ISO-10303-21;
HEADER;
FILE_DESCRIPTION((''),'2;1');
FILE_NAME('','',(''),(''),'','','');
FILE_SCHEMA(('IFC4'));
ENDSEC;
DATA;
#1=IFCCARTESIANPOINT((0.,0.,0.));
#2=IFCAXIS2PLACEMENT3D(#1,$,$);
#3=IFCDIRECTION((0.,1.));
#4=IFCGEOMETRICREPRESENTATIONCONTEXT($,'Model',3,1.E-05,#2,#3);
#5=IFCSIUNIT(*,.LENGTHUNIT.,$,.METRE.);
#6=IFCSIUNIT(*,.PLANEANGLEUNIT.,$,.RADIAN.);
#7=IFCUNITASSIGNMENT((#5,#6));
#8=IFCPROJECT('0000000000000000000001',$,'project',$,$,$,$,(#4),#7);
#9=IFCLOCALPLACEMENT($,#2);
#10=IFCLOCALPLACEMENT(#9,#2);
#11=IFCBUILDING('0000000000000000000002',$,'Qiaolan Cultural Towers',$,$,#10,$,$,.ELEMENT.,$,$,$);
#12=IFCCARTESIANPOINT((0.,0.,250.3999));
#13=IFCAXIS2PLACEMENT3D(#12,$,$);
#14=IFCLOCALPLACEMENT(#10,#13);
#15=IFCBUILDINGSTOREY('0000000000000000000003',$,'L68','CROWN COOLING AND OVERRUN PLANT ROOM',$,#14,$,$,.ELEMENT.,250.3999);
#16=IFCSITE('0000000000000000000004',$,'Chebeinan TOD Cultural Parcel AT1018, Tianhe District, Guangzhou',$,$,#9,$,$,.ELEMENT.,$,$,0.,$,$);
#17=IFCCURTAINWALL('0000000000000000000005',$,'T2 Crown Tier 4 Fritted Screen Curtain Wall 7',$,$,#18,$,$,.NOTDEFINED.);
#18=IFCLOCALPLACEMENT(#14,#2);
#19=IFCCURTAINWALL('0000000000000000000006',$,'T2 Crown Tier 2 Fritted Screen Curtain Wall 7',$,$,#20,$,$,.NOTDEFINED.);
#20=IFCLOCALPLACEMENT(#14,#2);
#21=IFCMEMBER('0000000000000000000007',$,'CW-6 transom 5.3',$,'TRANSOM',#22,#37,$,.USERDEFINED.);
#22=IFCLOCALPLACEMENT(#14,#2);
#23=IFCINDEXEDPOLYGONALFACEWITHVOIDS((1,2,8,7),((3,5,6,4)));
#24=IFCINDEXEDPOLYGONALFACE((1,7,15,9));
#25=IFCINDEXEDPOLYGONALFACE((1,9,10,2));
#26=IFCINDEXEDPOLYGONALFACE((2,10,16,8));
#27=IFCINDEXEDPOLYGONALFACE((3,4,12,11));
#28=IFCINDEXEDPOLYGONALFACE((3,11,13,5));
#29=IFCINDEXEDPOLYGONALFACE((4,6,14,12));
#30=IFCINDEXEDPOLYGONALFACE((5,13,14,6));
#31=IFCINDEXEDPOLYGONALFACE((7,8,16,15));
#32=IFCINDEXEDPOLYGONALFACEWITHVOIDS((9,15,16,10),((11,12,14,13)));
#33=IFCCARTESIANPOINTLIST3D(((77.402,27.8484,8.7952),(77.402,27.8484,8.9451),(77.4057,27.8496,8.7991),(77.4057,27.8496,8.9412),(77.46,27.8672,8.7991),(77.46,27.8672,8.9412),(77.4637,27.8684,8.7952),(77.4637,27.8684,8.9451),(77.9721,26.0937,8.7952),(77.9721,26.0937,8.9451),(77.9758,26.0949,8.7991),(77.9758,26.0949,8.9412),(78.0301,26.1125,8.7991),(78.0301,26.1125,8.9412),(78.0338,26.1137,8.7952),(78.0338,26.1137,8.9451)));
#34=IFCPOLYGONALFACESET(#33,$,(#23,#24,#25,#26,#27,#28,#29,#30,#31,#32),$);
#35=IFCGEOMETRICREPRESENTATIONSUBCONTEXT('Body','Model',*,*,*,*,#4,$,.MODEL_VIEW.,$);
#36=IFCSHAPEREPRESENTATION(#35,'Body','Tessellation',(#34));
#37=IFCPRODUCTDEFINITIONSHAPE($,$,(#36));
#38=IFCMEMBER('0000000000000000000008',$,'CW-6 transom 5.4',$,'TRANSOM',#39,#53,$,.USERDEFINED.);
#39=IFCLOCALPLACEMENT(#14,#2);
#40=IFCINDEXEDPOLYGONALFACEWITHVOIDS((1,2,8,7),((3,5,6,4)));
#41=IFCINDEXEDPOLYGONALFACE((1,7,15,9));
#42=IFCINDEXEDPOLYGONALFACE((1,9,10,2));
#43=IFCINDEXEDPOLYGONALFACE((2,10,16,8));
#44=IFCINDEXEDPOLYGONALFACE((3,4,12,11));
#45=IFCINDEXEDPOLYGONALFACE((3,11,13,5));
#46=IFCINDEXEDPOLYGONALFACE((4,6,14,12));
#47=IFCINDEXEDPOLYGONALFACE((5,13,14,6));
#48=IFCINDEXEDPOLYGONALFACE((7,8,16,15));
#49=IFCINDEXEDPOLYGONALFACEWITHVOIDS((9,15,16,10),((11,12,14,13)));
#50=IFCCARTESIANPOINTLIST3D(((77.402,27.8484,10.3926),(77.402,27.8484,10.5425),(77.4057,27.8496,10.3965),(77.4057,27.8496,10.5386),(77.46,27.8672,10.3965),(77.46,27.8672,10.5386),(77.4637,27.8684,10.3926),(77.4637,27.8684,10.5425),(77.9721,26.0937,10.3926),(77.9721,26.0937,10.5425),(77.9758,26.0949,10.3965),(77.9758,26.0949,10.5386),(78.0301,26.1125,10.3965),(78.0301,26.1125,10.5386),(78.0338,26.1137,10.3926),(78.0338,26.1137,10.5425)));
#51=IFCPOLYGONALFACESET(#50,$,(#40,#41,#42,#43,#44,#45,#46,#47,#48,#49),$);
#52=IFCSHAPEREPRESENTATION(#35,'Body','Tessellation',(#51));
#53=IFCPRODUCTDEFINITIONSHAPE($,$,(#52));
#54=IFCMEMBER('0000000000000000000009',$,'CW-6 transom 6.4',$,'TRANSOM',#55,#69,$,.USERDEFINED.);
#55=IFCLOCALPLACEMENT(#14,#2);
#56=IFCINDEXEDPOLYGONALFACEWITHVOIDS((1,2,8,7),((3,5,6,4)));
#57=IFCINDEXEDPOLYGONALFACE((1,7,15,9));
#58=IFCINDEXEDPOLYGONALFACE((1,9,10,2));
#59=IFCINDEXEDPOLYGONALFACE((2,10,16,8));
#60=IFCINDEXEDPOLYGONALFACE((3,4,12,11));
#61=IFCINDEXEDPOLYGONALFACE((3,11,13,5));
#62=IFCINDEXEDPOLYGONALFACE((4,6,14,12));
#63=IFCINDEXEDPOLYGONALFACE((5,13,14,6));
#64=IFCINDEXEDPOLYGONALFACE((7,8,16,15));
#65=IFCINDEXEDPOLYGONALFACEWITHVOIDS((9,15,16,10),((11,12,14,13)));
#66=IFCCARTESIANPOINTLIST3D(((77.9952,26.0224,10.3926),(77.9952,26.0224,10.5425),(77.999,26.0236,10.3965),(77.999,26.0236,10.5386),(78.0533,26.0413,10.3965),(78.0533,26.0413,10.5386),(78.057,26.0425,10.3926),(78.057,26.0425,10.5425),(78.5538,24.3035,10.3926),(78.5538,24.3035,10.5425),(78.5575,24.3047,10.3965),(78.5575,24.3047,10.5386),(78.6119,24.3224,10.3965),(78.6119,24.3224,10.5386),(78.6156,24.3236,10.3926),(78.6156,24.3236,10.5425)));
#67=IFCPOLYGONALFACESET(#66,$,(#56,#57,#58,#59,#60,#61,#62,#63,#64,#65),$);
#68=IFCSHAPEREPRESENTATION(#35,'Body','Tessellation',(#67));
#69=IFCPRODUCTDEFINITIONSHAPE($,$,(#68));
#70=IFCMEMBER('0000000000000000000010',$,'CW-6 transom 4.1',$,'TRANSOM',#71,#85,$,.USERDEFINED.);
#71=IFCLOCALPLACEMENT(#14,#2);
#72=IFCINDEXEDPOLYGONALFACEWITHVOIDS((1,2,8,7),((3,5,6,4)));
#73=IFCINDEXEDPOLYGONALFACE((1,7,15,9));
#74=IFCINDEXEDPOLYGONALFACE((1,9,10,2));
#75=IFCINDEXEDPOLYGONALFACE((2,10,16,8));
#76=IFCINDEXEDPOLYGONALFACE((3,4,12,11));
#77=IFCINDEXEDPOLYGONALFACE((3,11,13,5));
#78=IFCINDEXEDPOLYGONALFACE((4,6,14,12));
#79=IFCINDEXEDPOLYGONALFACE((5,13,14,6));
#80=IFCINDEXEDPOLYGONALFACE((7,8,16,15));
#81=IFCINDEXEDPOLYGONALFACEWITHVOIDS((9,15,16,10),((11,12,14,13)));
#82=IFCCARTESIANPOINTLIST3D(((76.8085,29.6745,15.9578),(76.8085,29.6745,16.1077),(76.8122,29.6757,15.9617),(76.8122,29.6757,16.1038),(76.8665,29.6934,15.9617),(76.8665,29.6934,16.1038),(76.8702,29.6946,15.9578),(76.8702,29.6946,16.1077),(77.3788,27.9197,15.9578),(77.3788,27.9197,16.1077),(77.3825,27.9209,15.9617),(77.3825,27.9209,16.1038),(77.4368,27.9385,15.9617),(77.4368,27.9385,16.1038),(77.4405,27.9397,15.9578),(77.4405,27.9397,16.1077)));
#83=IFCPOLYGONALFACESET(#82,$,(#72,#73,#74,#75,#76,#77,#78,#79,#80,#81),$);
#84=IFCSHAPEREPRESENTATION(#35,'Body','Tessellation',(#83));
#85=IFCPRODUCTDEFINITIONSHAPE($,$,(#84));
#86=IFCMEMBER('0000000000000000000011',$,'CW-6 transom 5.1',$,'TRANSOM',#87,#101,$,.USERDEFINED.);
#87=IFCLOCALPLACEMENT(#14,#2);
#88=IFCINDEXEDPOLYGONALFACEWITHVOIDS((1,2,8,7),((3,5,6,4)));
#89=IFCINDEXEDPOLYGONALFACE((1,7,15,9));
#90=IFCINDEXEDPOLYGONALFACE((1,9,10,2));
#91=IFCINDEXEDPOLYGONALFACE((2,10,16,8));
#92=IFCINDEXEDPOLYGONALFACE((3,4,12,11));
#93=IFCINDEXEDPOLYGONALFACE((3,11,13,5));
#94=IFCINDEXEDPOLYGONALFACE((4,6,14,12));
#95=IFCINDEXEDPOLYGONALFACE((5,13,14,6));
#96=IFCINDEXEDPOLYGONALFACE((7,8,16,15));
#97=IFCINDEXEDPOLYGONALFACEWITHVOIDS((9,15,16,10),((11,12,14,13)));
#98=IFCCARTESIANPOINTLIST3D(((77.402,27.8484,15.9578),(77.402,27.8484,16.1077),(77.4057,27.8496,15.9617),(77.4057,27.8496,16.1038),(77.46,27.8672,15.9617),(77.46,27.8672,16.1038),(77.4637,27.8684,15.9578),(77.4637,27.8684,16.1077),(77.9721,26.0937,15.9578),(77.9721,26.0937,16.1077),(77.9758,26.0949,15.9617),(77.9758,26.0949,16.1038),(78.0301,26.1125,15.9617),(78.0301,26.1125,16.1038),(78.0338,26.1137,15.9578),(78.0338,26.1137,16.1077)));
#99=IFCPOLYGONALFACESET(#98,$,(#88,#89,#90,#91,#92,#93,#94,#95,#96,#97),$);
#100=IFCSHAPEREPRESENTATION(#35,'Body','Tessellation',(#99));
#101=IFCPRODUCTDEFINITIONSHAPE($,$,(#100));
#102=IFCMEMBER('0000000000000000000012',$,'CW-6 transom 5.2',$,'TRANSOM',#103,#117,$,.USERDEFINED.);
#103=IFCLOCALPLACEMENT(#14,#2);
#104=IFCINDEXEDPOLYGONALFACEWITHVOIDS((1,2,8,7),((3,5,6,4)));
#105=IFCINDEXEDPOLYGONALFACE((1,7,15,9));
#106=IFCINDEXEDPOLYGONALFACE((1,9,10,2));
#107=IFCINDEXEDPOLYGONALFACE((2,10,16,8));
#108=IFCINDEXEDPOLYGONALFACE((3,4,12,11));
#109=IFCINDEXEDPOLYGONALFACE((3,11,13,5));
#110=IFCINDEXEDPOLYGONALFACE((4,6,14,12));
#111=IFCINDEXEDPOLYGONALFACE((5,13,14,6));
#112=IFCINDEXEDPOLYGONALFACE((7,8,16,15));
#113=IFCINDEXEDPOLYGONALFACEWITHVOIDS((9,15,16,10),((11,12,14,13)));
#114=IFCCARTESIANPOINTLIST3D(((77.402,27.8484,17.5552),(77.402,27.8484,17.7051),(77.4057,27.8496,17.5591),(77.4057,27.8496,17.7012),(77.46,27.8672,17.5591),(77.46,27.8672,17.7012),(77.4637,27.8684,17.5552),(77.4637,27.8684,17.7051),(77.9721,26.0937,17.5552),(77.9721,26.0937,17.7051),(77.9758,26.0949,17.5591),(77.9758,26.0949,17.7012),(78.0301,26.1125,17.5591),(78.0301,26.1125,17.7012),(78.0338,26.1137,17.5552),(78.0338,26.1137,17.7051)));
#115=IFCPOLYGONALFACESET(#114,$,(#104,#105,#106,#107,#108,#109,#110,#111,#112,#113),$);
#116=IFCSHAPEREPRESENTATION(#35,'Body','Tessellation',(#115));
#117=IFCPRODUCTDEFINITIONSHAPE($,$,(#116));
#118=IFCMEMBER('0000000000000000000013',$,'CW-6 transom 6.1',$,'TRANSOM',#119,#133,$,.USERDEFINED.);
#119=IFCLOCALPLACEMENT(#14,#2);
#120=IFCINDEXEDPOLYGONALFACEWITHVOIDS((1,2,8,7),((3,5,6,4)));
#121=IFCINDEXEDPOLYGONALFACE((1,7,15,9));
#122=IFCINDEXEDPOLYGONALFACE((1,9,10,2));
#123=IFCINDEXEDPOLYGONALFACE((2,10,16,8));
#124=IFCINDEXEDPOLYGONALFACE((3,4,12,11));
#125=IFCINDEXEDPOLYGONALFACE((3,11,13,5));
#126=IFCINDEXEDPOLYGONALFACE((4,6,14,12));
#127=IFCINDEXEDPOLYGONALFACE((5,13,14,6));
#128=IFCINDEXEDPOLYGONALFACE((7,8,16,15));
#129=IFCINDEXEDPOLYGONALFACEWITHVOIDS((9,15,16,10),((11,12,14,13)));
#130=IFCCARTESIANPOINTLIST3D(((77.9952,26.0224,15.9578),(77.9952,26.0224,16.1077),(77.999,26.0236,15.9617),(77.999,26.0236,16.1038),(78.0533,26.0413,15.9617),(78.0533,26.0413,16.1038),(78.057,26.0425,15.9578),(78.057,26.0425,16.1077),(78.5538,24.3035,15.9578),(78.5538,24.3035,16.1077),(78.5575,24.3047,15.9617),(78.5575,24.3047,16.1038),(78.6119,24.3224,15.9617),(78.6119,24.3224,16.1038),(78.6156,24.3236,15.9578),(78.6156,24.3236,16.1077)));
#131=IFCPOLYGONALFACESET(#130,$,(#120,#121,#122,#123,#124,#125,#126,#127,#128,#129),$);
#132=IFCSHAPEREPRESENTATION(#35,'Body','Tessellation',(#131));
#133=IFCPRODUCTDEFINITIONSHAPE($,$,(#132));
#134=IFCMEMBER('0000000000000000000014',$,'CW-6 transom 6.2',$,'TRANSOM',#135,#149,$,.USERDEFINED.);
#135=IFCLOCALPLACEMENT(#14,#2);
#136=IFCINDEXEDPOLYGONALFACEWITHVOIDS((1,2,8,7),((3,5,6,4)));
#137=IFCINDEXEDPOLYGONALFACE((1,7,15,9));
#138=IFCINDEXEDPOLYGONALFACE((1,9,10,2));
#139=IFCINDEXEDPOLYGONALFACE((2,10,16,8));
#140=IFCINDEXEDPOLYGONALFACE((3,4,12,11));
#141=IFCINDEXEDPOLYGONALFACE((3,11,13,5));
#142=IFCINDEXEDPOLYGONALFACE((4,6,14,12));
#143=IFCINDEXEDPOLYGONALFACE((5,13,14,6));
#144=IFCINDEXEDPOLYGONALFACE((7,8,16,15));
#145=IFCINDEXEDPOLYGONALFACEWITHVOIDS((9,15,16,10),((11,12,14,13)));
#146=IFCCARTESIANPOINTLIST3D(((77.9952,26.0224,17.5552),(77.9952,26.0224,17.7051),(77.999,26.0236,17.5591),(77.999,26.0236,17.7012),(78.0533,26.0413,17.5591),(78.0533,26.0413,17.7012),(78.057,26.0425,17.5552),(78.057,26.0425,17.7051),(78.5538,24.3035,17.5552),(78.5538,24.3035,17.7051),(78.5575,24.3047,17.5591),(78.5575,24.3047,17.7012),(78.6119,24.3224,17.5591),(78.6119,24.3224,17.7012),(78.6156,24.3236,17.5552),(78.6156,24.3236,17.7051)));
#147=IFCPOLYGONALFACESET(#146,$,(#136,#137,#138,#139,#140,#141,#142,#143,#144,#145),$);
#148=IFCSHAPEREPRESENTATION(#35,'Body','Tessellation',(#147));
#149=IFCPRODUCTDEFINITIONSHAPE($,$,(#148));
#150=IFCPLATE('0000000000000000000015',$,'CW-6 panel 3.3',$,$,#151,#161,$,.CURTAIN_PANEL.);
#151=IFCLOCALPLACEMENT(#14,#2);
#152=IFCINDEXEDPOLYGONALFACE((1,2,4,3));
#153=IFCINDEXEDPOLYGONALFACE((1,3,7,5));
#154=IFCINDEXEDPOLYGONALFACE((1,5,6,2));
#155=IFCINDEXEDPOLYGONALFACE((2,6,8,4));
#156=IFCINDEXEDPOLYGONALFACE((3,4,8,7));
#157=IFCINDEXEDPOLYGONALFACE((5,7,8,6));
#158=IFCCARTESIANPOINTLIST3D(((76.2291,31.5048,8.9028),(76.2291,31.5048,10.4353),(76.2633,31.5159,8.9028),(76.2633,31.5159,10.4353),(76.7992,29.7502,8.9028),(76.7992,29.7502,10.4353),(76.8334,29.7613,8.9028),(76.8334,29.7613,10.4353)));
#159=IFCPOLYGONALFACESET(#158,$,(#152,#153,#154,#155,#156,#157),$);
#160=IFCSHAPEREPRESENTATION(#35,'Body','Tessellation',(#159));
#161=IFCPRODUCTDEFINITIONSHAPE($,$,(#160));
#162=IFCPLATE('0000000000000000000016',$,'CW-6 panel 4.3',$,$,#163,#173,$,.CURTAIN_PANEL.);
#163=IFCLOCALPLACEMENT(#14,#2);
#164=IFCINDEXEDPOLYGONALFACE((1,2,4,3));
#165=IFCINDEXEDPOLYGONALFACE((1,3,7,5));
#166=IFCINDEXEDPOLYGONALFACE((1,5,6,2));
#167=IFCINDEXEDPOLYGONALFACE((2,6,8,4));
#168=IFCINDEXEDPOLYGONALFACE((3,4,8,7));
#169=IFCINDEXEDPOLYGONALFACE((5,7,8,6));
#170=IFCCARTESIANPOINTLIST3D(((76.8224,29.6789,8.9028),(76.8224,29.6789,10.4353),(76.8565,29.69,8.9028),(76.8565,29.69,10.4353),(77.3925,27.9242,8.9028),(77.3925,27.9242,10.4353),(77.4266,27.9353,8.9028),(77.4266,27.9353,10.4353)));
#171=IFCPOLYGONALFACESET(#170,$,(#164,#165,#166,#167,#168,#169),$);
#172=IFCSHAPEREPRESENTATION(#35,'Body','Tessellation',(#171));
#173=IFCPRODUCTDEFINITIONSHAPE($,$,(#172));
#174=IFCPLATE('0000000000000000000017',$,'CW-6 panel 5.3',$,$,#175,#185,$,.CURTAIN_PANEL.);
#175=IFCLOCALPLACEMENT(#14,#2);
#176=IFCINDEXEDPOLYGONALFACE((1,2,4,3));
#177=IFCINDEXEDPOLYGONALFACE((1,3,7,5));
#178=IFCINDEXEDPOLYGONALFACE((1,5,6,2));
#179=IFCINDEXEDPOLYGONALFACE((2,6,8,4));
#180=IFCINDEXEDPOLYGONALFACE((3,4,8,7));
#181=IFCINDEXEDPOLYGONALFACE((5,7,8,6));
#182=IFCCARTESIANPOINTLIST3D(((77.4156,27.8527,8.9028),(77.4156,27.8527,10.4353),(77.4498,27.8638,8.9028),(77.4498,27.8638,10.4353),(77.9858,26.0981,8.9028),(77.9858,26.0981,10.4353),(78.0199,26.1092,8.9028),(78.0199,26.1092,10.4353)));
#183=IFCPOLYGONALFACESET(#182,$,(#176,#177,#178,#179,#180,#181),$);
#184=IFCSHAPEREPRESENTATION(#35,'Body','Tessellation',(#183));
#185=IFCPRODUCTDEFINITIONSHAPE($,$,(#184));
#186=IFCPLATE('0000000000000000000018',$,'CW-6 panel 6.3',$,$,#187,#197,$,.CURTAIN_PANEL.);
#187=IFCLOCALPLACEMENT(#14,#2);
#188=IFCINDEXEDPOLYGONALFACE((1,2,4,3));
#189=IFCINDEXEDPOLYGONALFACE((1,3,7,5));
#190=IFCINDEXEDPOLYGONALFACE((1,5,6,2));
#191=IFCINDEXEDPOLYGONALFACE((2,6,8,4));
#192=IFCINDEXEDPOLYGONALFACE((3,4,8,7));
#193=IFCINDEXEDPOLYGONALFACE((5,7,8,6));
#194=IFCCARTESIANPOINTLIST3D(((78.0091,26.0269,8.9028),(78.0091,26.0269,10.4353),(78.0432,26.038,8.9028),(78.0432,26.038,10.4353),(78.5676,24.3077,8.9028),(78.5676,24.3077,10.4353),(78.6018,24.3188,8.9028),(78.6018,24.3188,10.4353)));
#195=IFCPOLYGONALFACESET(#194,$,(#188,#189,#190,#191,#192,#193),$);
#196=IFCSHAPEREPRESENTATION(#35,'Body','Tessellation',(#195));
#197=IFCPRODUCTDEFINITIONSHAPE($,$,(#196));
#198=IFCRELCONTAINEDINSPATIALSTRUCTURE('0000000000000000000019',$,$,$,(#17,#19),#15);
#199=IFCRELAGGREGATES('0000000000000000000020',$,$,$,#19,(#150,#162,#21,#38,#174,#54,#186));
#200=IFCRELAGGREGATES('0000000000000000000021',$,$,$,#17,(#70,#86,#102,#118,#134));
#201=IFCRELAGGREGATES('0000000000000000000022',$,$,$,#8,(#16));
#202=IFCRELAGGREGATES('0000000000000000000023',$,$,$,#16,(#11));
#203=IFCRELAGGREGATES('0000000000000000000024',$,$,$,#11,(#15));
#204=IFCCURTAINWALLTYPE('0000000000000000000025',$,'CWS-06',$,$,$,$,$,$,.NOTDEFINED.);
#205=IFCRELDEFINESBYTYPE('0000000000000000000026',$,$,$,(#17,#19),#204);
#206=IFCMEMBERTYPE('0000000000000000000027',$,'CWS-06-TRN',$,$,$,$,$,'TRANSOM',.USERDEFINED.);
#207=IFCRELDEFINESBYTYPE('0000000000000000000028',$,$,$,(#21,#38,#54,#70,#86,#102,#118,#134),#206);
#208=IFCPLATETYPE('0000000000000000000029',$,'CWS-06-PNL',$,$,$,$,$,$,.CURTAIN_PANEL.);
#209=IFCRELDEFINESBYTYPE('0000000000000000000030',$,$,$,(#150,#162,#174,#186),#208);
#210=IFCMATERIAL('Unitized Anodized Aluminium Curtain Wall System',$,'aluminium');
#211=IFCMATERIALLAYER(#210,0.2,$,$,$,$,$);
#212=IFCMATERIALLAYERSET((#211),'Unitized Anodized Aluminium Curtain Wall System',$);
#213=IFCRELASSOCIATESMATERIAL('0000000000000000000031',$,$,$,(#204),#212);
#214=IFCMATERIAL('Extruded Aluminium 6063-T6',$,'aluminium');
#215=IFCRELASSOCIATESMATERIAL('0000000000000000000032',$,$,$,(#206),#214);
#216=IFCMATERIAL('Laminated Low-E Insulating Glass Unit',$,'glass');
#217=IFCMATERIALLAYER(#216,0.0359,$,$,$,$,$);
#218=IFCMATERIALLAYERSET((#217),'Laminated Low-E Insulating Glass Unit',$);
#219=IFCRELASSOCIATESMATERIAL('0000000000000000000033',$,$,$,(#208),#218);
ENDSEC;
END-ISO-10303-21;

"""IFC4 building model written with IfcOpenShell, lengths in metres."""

from ifc_helpers import new_model, si_unit, direction, frame, origin, origin_2d, place, context, subcontext, project, spatial, rectangle, hollow_rectangle, extrude, material, layer, layer_set, material_profile, profile_set, type_object, element, aggregate, save


model = new_model("IFC4")

# Units and contexts
model_context = context("Model", 3, precision=1e-05, world=origin(), true_north=direction((0.0, 1.0)))
body_context = subcontext(model_context, "Body", "Model", "MODEL_VIEW")
ifc_project = project(units=[si_unit("LENGTHUNIT", "METRE"), si_unit("PLANEANGLEUNIT", "RADIAN")], contexts=[model_context])

# Site, building, storey
site_placement = place(None, origin())
site = spatial("IfcSite", under=ifc_project, at=site_placement, Name="Chebeinan TOD Cultural Parcel AT1018, Tianhe District, Guangzhou", CompositionType="ELEMENT", RefElevation=0.0)
building_placement = place(site_placement, origin())
building = spatial("IfcBuilding", under=site, at=building_placement, Name="Qiaolan Cultural Towers", CompositionType="ELEMENT")
storey_placement = place(building_placement, frame((0.0, 0.0, 250.3999)))
storey = spatial("IfcBuildingStorey", under=building, at=storey_placement, Name="L68", Description="CROWN COOLING AND OVERRUN PLANT ROOM", CompositionType="ELEMENT", Elevation=250.3999)

# Curtain walls, members
ifc_material_1 = material(Name="Unitized Anodized Aluminium Curtain Wall System", Category="aluminium")
ifc_layer_1 = layer(ifc_material_1, 0.2)
ifc_layer_set_1 = layer_set([ifc_layer_1], Name="Unitized Anodized Aluminium Curtain Wall System")
curtain_wall_type = type_object("IfcCurtainWallType", Name="CWS-06", PredefinedType="NOTDEFINED", material=ifc_layer_set_1)
curtain_wall_1_placement = place(storey_placement, origin())
curtain_wall_1 = element("IfcCurtainWall", 1, at=curtain_wall_1_placement, inside=storey, type_object=curtain_wall_type, Name="T2 Crown Tier 4 Fritted Screen Curtain Wall 7", PredefinedType="NOTDEFINED")
curtain_wall_2_placement = place(storey_placement, origin())
curtain_wall_2 = element("IfcCurtainWall", 2, at=curtain_wall_2_placement, inside=storey, type_object=curtain_wall_type, Name="T2 Crown Tier 2 Fritted Screen Curtain Wall 7", PredefinedType="NOTDEFINED")
ifc_material_2 = material(Name="Extruded Aluminium 6063-T6", Category="aluminium")
ifc_material_profile_1 = material_profile(ifc_material_2, hollow_rectangle(XDim=0.0649, YDim=0.1499, WallThickness=0.0039, at=origin_2d()), Name="CWT-150x65x4")
ifc_profile_set_1 = profile_set([ifc_material_profile_1], Name="Extruded Aluminium 6063-T6")
member_type_1 = type_object("IfcMemberType", Name="CWS-06-TRN", ElementType="TRANSOM", PredefinedType="USERDEFINED", material=ifc_profile_set_1)
member_1_placement = place(storey_placement, frame((77.4329, 27.8584, 8.8701), z_axis=(0.308993, -0.951064, 0.0), x_axis=(0.951064, 0.308993, 0.0)))
member_1 = element("IfcMember", 3, at=member_1_placement, type_object=member_type_1, Name="CW-6 transom 5.3", ObjectType="TRANSOM", PredefinedType="USERDEFINED", context=body_context, shape_type="SweptSolid", body=[
    extrude(hollow_rectangle(XDim=0.0649, YDim=0.1499, WallThickness=0.0039, at=origin_2d()), origin(), (0.0, 0.0, 1.0), 1.845),
])
member_2_placement = place(storey_placement, frame((77.4329, 27.8584, 10.4675), z_axis=(0.308993, -0.951064, 0.0), x_axis=(0.951064, 0.308993, 0.0)))
member_2 = element("IfcMember", 4, at=member_2_placement, type_object=member_type_1, Name="CW-6 transom 5.4", ObjectType="TRANSOM", PredefinedType="USERDEFINED", context=body_context, shape_type="SweptSolid", body=[
    extrude(hollow_rectangle(XDim=0.0649, YDim=0.1499, WallThickness=0.0039, at=origin_2d()), origin(), (0.0, 0.0, 1.0), 1.845),
])
member_3_placement = place(storey_placement, frame((78.0261, 26.0325, 10.4675), z_axis=(0.309046, -0.951047, 0.0), x_axis=(0.951047, 0.309046, 0.0)))
member_3 = element("IfcMember", 5, at=member_3_placement, type_object=member_type_1, Name="CW-6 transom 6.4", ObjectType="TRANSOM", PredefinedType="USERDEFINED", context=body_context, shape_type="SweptSolid", body=[
    extrude(hollow_rectangle(XDim=0.0649, YDim=0.1499, WallThickness=0.0039, at=origin_2d()), origin(), (0.0, 0.0, 1.0), 1.8074),
])

# Members
member_4_placement = place(storey_placement, frame((76.8394, 29.6846, 16.0327), z_axis=(0.309074, -0.951038, 0.0), x_axis=(0.951038, 0.309074, 0.0)))
member_4 = element("IfcMember", 6, at=member_4_placement, type_object=member_type_1, Name="CW-6 transom 4.1", ObjectType="TRANSOM", PredefinedType="USERDEFINED", context=body_context, shape_type="SweptSolid", body=[
    extrude(hollow_rectangle(XDim=0.0649, YDim=0.1499, WallThickness=0.0039, at=origin_2d()), origin(), (0.0, 0.0, 1.0), 1.8452),
])
member_5_placement = place(storey_placement, frame((77.4329, 27.8584, 16.0327), z_axis=(0.308993, -0.951064, 0.0), x_axis=(0.951064, 0.308993, 0.0)))
member_5 = element("IfcMember", 7, at=member_5_placement, type_object=member_type_1, Name="CW-6 transom 5.1", ObjectType="TRANSOM", PredefinedType="USERDEFINED", context=body_context, shape_type="SweptSolid", body=[
    extrude(hollow_rectangle(XDim=0.0649, YDim=0.1499, WallThickness=0.0039, at=origin_2d()), origin(), (0.0, 0.0, 1.0), 1.845),
])
member_6_placement = place(storey_placement, frame((77.4329, 27.8584, 17.6301), z_axis=(0.308993, -0.951064, 0.0), x_axis=(0.951064, 0.308993, 0.0)))
member_6 = element("IfcMember", 8, at=member_6_placement, type_object=member_type_1, Name="CW-6 transom 5.2", ObjectType="TRANSOM", PredefinedType="USERDEFINED", context=body_context, shape_type="SweptSolid", body=[
    extrude(hollow_rectangle(XDim=0.0649, YDim=0.1499, WallThickness=0.0039, at=origin_2d()), origin(), (0.0, 0.0, 1.0), 1.845),
])
member_7_placement = place(storey_placement, frame((78.0261, 26.0325, 16.0327), z_axis=(0.309046, -0.951047, 0.0), x_axis=(0.951047, 0.309046, 0.0)))
member_7 = element("IfcMember", 9, at=member_7_placement, type_object=member_type_1, Name="CW-6 transom 6.1", ObjectType="TRANSOM", PredefinedType="USERDEFINED", context=body_context, shape_type="SweptSolid", body=[
    extrude(hollow_rectangle(XDim=0.0649, YDim=0.1499, WallThickness=0.0039, at=origin_2d()), origin(), (0.0, 0.0, 1.0), 1.8074),
])
member_8_placement = place(storey_placement, frame((78.0261, 26.0325, 17.6301), z_axis=(0.309046, -0.951047, 0.0), x_axis=(0.951047, 0.309046, 0.0)))
member_8 = element("IfcMember", 10, at=member_8_placement, type_object=member_type_1, Name="CW-6 transom 6.2", ObjectType="TRANSOM", PredefinedType="USERDEFINED", context=body_context, shape_type="SweptSolid", body=[
    extrude(hollow_rectangle(XDim=0.0649, YDim=0.1499, WallThickness=0.0039, at=origin_2d()), origin(), (0.0, 0.0, 1.0), 1.8074),
])

# Plates
ifc_material_3 = material(Name="Laminated Low-E Insulating Glass Unit", Category="glass")
ifc_layer_2 = layer(ifc_material_3, 0.0359)
ifc_layer_set_2 = layer_set([ifc_layer_2], Name="Laminated Low-E Insulating Glass Unit")
plate_type = type_object("IfcPlateType", Name="CWS-06-PNL", PredefinedType="CURTAIN_PANEL", material=ifc_layer_set_2)
plate_1_placement = place(storey_placement, frame((76.5312, 30.6331, 8.9028), z_axis=(0.0, 0.0, 1.0), x_axis=(0.309017, -0.951057, 0.0)))
plate_1 = element("IfcPlate", 11, at=plate_1_placement, type_object=plate_type, Name="CW-6 panel 3.3", PredefinedType="CURTAIN_PANEL", context=body_context, shape_type="SweptSolid", body=[
    extrude(rectangle(XDim=1.845, YDim=0.0359, at=origin_2d()), origin(), (0.0, 0.0, 1.0), 1.5325),
])
plate_2_placement = place(storey_placement, frame((77.1245, 28.8071, 8.9028), z_axis=(0.0, 0.0, 1.0), x_axis=(0.309017, -0.951057, 0.0)))
plate_2 = element("IfcPlate", 12, at=plate_2_placement, type_object=plate_type, Name="CW-6 panel 4.3", PredefinedType="CURTAIN_PANEL", context=body_context, shape_type="SweptSolid", body=[
    extrude(rectangle(XDim=1.845, YDim=0.0359, at=origin_2d()), origin(), (0.0, 0.0, 1.0), 1.5325),
])
plate_3_placement = place(storey_placement, frame((77.7178, 26.981, 8.9028), z_axis=(0.0, 0.0, 1.0), x_axis=(0.309017, -0.951057, 0.0)))
plate_3 = element("IfcPlate", 13, at=plate_3_placement, type_object=plate_type, Name="CW-6 panel 5.3", PredefinedType="CURTAIN_PANEL", context=body_context, shape_type="SweptSolid", body=[
    extrude(rectangle(XDim=1.845, YDim=0.0359, at=origin_2d()), origin(), (0.0, 0.0, 1.0), 1.5325),
])
plate_4_placement = place(storey_placement, frame((78.3054, 25.1729, 8.9028), z_axis=(0.0, 0.0, 1.0), x_axis=(0.309017, -0.951057, 0.0)))
plate_4 = element("IfcPlate", 14, at=plate_4_placement, type_object=plate_type, Name="CW-6 panel 6.3", PredefinedType="CURTAIN_PANEL", context=body_context, shape_type="SweptSolid", body=[
    extrude(rectangle(XDim=1.8076, YDim=0.0359, at=origin_2d()), origin(), (0.0, 0.0, 1.0), 1.5325),
])
aggregate(curtain_wall_2, [plate_1, plate_2, member_1, member_2, plate_3, member_3, plate_4])
aggregate(curtain_wall_1, [member_4, member_5, member_6, member_7, member_8])

save(model, "model.ifc")
